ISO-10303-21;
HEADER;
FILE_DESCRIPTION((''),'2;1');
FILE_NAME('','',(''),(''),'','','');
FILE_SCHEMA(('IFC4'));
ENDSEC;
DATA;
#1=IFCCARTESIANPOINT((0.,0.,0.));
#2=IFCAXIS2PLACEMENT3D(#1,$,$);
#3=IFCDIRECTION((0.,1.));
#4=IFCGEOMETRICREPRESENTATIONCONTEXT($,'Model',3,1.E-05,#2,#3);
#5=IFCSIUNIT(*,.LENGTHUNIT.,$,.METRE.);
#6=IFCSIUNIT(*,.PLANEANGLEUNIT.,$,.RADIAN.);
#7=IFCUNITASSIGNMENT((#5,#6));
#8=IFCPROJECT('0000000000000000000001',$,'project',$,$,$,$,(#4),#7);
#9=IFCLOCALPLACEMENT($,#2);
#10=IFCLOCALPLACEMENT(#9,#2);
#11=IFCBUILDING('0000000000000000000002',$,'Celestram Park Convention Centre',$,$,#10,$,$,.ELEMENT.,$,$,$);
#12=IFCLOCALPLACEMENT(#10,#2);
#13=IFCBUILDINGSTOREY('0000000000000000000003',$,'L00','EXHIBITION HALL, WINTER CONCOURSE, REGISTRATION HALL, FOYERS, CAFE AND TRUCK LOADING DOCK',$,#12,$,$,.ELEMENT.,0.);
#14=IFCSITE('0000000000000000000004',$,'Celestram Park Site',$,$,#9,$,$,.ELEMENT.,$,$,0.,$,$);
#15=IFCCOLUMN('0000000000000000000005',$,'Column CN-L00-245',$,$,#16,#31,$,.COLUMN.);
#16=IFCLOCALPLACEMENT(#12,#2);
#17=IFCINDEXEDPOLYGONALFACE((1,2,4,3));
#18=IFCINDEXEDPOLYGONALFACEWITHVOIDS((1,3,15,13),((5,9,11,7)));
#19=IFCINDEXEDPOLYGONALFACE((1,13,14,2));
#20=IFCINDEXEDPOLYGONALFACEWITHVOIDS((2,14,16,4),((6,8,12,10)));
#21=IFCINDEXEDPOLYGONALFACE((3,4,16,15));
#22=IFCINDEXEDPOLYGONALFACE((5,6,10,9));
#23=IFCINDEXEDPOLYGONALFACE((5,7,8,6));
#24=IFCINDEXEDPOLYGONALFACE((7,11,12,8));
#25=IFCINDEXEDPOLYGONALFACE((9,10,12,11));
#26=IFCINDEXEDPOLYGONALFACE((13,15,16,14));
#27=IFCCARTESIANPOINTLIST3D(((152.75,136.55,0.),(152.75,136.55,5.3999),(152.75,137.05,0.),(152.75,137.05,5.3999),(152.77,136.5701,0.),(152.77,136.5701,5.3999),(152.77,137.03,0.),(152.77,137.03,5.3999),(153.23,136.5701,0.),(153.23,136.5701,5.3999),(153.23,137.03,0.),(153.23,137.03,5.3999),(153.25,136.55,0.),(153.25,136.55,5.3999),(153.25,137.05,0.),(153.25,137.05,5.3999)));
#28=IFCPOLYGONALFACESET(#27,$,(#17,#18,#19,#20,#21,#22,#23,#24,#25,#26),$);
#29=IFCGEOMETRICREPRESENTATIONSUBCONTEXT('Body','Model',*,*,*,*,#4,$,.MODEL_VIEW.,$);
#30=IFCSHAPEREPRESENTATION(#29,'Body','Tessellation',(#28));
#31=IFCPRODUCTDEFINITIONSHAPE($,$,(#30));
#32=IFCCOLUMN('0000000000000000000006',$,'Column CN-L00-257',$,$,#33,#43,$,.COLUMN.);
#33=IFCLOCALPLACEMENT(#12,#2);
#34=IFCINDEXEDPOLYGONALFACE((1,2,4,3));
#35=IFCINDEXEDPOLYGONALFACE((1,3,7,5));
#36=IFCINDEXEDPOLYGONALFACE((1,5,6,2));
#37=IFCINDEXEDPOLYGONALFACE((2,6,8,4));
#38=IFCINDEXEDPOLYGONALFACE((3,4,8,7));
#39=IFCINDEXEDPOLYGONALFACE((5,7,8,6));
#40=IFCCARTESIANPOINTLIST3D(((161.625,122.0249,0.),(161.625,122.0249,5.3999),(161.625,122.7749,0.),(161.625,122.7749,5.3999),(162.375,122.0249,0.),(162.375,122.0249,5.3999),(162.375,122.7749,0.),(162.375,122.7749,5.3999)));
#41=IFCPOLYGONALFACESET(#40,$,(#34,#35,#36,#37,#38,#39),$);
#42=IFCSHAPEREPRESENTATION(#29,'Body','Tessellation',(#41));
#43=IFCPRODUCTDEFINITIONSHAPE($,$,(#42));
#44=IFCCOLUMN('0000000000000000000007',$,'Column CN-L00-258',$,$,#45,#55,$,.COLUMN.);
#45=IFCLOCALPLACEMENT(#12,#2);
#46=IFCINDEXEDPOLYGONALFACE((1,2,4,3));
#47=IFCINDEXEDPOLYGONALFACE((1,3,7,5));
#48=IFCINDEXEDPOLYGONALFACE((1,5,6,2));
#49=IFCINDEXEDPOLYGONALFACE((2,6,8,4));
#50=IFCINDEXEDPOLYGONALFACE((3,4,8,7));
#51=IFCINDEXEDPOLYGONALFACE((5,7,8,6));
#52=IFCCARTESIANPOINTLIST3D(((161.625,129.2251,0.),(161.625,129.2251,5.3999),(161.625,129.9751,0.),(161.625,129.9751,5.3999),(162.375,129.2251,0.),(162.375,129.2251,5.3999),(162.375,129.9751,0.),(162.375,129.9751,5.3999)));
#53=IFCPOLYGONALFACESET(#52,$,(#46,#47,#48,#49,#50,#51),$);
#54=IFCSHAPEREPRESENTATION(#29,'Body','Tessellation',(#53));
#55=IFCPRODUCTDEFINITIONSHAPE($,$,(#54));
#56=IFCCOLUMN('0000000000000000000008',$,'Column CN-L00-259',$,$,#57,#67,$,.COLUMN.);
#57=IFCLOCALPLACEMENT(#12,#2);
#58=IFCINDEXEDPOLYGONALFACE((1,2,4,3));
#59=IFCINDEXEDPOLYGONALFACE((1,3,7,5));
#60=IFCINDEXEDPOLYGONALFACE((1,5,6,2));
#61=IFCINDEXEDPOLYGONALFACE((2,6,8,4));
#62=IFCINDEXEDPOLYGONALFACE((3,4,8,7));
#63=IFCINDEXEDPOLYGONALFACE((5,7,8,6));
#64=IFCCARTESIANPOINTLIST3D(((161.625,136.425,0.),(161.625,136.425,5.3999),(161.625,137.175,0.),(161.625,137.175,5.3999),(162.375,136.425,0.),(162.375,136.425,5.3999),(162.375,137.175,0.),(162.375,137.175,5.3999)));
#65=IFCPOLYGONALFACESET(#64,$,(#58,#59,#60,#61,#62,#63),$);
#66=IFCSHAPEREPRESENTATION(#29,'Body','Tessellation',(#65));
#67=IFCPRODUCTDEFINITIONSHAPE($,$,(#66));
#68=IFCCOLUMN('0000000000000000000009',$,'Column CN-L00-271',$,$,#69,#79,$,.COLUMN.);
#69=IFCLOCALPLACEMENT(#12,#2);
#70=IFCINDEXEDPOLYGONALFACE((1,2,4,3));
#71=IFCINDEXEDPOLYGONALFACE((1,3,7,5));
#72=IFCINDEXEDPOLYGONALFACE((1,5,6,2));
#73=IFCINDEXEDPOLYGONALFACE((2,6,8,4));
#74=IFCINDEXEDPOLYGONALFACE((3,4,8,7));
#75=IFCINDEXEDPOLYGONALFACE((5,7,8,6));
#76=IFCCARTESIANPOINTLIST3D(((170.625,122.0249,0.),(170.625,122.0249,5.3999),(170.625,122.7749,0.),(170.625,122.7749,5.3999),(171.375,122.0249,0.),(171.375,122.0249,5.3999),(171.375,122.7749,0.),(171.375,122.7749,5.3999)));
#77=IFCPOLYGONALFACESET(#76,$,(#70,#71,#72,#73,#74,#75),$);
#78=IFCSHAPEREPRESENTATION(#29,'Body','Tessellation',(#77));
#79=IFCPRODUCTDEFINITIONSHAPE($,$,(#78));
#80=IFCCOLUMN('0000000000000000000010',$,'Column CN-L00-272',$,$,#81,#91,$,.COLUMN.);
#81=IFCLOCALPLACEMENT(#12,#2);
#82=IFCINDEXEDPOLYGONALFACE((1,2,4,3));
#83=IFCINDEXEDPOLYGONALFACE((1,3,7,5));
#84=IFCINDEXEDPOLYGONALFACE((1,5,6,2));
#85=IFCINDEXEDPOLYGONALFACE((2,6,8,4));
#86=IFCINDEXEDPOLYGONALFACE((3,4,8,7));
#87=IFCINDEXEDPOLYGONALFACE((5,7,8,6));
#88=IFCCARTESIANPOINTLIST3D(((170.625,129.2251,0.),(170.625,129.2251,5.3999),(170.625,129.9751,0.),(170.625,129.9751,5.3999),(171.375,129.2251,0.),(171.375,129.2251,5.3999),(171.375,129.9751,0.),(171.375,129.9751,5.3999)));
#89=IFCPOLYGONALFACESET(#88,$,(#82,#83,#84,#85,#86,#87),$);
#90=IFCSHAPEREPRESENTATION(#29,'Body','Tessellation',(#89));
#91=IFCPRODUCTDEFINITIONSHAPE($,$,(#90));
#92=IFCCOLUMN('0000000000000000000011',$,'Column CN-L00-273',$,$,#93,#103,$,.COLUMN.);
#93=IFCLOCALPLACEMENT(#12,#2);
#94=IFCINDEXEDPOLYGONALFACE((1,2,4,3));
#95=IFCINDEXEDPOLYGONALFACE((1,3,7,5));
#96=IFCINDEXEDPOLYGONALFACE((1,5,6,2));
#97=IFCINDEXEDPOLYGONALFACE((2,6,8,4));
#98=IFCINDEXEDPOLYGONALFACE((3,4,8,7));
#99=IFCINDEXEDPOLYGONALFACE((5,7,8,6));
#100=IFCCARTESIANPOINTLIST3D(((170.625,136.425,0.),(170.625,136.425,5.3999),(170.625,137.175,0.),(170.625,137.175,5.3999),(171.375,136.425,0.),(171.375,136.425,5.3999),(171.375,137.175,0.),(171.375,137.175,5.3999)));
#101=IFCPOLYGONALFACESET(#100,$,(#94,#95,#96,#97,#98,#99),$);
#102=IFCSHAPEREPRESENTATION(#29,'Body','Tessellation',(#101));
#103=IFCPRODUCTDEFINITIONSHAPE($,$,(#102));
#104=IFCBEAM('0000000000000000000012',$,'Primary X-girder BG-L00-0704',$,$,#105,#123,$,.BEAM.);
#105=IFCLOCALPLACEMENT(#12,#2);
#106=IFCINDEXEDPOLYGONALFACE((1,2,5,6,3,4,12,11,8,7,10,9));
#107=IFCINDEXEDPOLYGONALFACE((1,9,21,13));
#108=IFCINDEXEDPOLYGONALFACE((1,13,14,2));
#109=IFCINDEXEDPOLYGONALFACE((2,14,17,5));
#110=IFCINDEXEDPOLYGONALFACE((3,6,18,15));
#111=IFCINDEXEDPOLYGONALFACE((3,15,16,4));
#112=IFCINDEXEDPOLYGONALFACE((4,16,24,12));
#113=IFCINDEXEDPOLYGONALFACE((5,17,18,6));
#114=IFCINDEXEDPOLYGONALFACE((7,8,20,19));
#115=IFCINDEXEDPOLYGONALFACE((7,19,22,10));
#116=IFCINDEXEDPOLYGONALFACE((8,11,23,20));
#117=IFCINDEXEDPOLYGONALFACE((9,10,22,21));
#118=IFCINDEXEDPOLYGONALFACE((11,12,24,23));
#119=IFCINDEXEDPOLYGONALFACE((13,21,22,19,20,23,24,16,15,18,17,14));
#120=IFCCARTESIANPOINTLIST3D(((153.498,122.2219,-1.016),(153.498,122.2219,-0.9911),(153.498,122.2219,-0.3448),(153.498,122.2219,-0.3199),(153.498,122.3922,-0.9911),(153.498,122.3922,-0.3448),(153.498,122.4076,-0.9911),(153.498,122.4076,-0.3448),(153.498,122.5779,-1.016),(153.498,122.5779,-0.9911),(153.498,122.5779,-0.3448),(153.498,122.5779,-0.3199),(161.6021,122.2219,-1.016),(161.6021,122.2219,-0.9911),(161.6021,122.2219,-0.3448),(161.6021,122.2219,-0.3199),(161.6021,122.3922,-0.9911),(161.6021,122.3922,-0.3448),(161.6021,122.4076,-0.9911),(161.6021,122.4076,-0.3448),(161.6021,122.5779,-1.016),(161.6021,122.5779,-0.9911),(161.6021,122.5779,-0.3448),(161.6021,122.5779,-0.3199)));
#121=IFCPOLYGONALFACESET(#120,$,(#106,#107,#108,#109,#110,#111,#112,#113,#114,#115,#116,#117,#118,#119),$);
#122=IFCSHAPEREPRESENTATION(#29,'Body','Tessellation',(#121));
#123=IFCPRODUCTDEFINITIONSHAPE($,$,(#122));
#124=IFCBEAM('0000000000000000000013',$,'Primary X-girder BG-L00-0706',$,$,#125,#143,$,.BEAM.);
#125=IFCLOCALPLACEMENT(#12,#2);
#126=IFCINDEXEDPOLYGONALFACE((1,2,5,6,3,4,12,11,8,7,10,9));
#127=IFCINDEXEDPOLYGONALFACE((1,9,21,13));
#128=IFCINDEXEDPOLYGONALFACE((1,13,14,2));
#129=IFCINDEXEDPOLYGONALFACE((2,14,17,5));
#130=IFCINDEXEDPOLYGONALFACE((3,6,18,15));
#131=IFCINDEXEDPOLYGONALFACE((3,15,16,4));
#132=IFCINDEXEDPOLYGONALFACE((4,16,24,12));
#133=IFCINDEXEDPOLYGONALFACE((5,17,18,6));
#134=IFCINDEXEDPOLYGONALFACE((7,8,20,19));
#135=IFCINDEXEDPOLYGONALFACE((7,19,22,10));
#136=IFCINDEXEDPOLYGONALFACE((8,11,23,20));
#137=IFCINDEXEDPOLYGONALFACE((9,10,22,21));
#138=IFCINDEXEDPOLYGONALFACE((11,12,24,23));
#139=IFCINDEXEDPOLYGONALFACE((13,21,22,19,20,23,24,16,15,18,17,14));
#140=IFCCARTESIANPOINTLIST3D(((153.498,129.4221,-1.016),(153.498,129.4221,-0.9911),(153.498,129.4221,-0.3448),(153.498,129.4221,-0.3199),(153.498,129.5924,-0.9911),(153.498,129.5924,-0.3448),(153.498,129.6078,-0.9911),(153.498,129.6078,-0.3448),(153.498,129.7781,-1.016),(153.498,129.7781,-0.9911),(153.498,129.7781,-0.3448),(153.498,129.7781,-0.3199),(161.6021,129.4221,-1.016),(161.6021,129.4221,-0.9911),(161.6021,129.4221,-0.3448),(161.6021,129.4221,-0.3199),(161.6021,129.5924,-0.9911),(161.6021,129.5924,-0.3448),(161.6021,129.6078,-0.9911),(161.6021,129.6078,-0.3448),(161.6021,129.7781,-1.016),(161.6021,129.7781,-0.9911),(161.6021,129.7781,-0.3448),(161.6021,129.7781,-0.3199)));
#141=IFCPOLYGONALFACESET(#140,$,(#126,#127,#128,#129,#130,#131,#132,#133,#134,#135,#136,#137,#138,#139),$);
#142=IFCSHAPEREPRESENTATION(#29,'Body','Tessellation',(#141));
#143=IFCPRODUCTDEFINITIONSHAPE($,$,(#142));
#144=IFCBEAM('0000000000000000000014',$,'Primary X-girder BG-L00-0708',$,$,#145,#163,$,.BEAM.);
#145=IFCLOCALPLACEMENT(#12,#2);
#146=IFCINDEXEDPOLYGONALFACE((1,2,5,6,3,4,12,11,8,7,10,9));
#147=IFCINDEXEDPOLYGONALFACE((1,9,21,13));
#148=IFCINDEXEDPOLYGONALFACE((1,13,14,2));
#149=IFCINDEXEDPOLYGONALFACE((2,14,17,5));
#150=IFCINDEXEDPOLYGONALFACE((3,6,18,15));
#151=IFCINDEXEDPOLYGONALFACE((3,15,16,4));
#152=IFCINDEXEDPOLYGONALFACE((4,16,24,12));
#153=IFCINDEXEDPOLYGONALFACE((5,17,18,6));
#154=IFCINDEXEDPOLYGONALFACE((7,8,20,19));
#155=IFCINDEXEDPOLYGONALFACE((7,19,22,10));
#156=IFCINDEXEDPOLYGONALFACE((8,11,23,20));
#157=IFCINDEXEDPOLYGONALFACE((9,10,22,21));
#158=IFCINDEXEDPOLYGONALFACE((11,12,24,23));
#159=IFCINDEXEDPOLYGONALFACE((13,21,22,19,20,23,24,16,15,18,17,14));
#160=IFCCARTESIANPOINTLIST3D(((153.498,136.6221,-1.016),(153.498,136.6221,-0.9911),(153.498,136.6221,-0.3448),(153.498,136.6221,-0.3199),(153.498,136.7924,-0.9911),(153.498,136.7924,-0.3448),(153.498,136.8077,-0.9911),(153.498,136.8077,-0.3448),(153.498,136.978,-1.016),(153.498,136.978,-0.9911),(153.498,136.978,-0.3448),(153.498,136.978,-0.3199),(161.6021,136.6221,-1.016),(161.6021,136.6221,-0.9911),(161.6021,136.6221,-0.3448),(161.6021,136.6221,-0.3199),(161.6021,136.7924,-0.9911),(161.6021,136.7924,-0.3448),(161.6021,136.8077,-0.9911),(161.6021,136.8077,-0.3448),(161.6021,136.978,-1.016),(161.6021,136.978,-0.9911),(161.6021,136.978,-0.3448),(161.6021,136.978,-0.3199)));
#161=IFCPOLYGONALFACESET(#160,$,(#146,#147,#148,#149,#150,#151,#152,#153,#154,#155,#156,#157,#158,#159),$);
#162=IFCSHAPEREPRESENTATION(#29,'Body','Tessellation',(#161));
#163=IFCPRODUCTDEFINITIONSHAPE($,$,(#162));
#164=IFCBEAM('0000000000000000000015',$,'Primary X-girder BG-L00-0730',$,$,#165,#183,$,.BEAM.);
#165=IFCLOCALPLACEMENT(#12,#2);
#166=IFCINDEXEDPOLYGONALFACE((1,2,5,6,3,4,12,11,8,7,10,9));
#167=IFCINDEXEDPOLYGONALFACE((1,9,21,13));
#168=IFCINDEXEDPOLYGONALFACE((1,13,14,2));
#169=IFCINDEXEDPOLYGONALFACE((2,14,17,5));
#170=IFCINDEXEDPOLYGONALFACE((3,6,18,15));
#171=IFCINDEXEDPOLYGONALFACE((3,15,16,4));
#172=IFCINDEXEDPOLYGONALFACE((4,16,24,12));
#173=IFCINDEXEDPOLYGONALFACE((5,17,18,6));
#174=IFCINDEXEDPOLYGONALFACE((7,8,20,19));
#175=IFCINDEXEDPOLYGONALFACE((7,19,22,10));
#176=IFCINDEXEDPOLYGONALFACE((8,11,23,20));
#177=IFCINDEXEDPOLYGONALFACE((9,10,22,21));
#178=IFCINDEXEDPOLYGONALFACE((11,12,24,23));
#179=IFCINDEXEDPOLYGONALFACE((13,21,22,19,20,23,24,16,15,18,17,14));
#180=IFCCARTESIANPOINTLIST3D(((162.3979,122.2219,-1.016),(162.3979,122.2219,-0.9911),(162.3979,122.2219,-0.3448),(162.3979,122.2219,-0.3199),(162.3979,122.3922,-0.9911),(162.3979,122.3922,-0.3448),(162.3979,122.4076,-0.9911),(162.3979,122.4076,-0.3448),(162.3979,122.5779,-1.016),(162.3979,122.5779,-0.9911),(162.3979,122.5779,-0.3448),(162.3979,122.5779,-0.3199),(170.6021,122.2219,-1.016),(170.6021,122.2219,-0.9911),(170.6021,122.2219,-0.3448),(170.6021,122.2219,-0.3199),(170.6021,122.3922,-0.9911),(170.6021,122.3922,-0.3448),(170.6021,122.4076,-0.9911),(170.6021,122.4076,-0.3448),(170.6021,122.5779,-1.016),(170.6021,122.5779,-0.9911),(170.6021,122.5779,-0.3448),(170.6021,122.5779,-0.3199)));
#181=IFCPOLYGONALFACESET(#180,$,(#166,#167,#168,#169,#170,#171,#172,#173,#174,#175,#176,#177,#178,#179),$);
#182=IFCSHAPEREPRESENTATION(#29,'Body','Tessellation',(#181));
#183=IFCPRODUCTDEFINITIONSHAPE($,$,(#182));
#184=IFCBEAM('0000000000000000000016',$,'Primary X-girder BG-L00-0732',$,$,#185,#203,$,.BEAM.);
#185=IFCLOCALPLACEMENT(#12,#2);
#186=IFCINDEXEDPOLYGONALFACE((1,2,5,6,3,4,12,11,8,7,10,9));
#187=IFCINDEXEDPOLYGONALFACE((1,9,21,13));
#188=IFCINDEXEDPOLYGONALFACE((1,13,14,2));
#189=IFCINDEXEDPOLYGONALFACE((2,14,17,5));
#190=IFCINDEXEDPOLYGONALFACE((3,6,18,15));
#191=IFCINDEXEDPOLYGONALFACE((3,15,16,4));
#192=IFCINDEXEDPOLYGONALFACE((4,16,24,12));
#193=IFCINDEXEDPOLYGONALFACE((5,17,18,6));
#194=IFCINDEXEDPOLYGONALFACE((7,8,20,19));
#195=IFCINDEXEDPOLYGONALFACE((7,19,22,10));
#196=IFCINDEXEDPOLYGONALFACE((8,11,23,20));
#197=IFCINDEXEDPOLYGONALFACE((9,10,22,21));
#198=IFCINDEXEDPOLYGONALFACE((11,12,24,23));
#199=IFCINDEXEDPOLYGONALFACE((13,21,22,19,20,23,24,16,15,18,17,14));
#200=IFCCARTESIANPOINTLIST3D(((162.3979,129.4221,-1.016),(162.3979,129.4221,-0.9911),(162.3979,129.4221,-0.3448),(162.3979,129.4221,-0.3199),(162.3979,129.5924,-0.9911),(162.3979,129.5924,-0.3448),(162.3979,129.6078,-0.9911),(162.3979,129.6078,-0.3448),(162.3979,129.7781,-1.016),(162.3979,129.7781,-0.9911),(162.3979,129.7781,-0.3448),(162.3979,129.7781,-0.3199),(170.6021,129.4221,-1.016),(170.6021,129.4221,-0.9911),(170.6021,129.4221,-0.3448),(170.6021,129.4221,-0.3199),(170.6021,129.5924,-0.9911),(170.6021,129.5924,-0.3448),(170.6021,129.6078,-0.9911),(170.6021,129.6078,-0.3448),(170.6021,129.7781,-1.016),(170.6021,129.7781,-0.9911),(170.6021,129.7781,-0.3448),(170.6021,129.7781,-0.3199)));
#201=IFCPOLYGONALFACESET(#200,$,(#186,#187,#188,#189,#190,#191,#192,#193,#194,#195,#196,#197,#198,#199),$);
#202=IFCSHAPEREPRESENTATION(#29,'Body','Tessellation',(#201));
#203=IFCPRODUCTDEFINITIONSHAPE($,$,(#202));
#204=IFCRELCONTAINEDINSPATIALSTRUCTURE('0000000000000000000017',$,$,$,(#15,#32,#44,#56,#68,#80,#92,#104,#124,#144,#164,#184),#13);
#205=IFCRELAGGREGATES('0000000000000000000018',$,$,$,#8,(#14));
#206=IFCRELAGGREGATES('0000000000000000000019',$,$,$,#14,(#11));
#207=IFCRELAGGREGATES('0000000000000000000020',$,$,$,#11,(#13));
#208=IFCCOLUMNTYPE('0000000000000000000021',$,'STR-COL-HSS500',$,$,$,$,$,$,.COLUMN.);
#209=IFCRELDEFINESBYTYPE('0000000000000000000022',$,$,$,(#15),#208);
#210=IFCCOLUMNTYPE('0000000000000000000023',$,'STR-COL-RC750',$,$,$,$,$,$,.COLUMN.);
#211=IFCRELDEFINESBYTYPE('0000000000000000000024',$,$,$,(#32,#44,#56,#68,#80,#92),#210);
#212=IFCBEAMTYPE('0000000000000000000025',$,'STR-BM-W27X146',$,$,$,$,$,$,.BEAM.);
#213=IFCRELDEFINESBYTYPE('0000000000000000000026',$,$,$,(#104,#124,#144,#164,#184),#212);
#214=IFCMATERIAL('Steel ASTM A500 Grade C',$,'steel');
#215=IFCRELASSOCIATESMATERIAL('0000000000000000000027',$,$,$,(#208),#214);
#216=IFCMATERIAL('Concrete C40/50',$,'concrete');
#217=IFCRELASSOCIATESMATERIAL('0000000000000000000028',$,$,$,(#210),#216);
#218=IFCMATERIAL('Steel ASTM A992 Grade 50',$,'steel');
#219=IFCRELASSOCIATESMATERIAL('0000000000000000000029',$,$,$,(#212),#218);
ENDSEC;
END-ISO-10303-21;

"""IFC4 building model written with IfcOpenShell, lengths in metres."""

from ifc_helpers import new_model, si_unit, direction, frame, origin, origin_2d, place, context, subcontext, project, spatial, rectangle, hollow_rectangle, i_section, extrude, material, material_profile, profile_set, type_object, element, save


model = new_model("IFC4")

# Units and contexts
model_context = context("Model", 3, precision=1e-05, world=origin(), true_north=direction((0.0, 1.0)))
body_context = subcontext(model_context, "Body", "Model", "MODEL_VIEW")
ifc_project = project(units=[si_unit("LENGTHUNIT", "METRE"), si_unit("PLANEANGLEUNIT", "RADIAN")], contexts=[model_context])

# Site, building, storey
site_placement = place(None, origin())
site = spatial("IfcSite", under=ifc_project, at=site_placement, Name="Celestram Park Site", CompositionType="ELEMENT", RefElevation=0.0)
building_placement = place(site_placement, origin())
building = spatial("IfcBuilding", under=site, at=building_placement, Name="Celestram Park Convention Centre", CompositionType="ELEMENT")
storey_placement = place(building_placement, origin())
storey = spatial("IfcBuildingStorey", under=building, at=storey_placement, Name="L00", Description="EXHIBITION HALL, WINTER CONCOURSE, REGISTRATION HALL, FOYERS, CAFE AND TRUCK LOADING DOCK", CompositionType="ELEMENT", Elevation=0.0)

# Columns
ifc_material_1 = material(Name="Steel ASTM A500 Grade C", Category="steel")
ifc_material_profile_1 = material_profile(ifc_material_1, hollow_rectangle(XDim=0.5, YDim=0.5, WallThickness=0.02, at=origin_2d()), Name="HSS500X500X20")
ifc_profile_set_1 = profile_set([ifc_material_profile_1], Name="Steel ASTM A500 Grade C")
column_type_1 = type_object("IfcColumnType", Name="STR-COL-HSS500", PredefinedType="COLUMN", material=ifc_profile_set_1)
column_placement = place(storey_placement, frame((153.0, 136.8, 0.0), z_axis=(0.0, 0.0, 1.0), x_axis=(1.0, 0.0, 0.0)))
element("IfcColumn", 1, at=column_placement, inside=storey, type_object=column_type_1, Name="Column CN-L00-245", PredefinedType="COLUMN", context=body_context, shape_type="SweptSolid", body=[
    extrude(hollow_rectangle(XDim=0.5, YDim=0.5, WallThickness=0.02, at=origin_2d()), origin(), (0.0, 0.0, 1.0), 5.3999),
])
ifc_material_2 = material(Name="Concrete C40/50", Category="concrete")
ifc_material_profile_2 = material_profile(ifc_material_2, rectangle(XDim=0.75, YDim=0.75, at=origin_2d()), Name="RC750X750")
ifc_profile_set_2 = profile_set([ifc_material_profile_2], Name="Concrete C40/50")
column_type_2 = type_object("IfcColumnType", Name="STR-COL-RC750", PredefinedType="COLUMN", material=ifc_profile_set_2)
for number, where, z_axis, x_axis, name in (
    (2, (162.0, 122.3999, 0.0), (0.0, 0.0, 1.0), (1.0, 0.0, 0.0), "Column CN-L00-257"),
    (3, (162.0, 129.6001, 0.0), (0.0, 0.0, 1.0), (1.0, 0.0, 0.0), "Column CN-L00-258"),
    (4, (162.0, 136.8, 0.0), (0.0, 0.0, 1.0), (1.0, 0.0, 0.0), "Column CN-L00-259"),
    (5, (171.0, 122.3999, 0.0), (0.0, 0.0, 1.0), (1.0, 0.0, 0.0), "Column CN-L00-271"),
    (6, (171.0, 129.6001, 0.0), (0.0, 0.0, 1.0), (1.0, 0.0, 0.0), "Column CN-L00-272"),
    (7, (171.0, 136.8, 0.0), (0.0, 0.0, 1.0), (1.0, 0.0, 0.0), "Column CN-L00-273"),
):
    element("IfcColumn", number, at=place(storey_placement, frame(where, z_axis=z_axis, x_axis=x_axis)), inside=storey, type_object=column_type_2, Name=name, PredefinedType="COLUMN", context=body_context, shape_type="SweptSolid", body=[
        extrude(rectangle(XDim=0.75, YDim=0.75, at=origin_2d()), origin(), (0.0, 0.0, 1.0), 5.3999),
    ])

# Beams
ifc_material_3 = material(Name="Steel ASTM A992 Grade 50", Category="steel")
ifc_material_profile_3 = material_profile(ifc_material_3, i_section(OverallWidth=0.356, OverallDepth=0.696, WebThickness=0.0154, FlangeThickness=0.0249, at=origin_2d()), Name="W27X146")
ifc_profile_set_3 = profile_set([ifc_material_profile_3], Name="Steel ASTM A992 Grade 50")
beam_type_1 = type_object("IfcBeamType", Name="STR-BM-W27X146", PredefinedType="BEAM", material=ifc_profile_set_3)
for number, where, z_axis, x_axis, name in (
    (8, (153.498, 122.3999, -0.668), (1.0, 0.0, 0.0), (0.0, 1.0, 0.0), "Primary X-girder BG-L00-0704"),
    (9, (153.498, 129.6001, -0.668), (1.0, 0.0, 0.0), (0.0, 1.0, 0.0), "Primary X-girder BG-L00-0706"),
    (10, (153.498, 136.8, -0.668), (1.0, 0.0, 0.0), (0.0, 1.0, 0.0), "Primary X-girder BG-L00-0708"),
):
    element("IfcBeam", number, at=place(storey_placement, frame(where, z_axis=z_axis, x_axis=x_axis)), inside=storey, type_object=beam_type_1, Name=name, PredefinedType="BEAM", context=body_context, shape_type="SweptSolid", body=[
        extrude(i_section(OverallWidth=0.356, OverallDepth=0.696, WebThickness=0.0154, FlangeThickness=0.0249, at=origin_2d()), origin(), (0.0, 0.0, 1.0), 8.104),
    ])
for number, where, z_axis, x_axis, name in (
    (11, (162.3979, 122.3999, -0.668), (1.0, 0.0, 0.0), (0.0, 1.0, 0.0), "Primary X-girder BG-L00-0730"),
    (12, (162.3979, 129.6001, -0.668), (1.0, 0.0, 0.0), (0.0, 1.0, 0.0), "Primary X-girder BG-L00-0732"),
):
    element("IfcBeam", number, at=place(storey_placement, frame(where, z_axis=z_axis, x_axis=x_axis)), inside=storey, type_object=beam_type_1, Name=name, PredefinedType="BEAM", context=body_context, shape_type="SweptSolid", body=[
        extrude(i_section(OverallWidth=0.356, OverallDepth=0.696, WebThickness=0.0154, FlangeThickness=0.0249, at=origin_2d()), origin(), (0.0, 0.0, 1.0), 8.2041),
    ])

save(model, "model.ifc")
